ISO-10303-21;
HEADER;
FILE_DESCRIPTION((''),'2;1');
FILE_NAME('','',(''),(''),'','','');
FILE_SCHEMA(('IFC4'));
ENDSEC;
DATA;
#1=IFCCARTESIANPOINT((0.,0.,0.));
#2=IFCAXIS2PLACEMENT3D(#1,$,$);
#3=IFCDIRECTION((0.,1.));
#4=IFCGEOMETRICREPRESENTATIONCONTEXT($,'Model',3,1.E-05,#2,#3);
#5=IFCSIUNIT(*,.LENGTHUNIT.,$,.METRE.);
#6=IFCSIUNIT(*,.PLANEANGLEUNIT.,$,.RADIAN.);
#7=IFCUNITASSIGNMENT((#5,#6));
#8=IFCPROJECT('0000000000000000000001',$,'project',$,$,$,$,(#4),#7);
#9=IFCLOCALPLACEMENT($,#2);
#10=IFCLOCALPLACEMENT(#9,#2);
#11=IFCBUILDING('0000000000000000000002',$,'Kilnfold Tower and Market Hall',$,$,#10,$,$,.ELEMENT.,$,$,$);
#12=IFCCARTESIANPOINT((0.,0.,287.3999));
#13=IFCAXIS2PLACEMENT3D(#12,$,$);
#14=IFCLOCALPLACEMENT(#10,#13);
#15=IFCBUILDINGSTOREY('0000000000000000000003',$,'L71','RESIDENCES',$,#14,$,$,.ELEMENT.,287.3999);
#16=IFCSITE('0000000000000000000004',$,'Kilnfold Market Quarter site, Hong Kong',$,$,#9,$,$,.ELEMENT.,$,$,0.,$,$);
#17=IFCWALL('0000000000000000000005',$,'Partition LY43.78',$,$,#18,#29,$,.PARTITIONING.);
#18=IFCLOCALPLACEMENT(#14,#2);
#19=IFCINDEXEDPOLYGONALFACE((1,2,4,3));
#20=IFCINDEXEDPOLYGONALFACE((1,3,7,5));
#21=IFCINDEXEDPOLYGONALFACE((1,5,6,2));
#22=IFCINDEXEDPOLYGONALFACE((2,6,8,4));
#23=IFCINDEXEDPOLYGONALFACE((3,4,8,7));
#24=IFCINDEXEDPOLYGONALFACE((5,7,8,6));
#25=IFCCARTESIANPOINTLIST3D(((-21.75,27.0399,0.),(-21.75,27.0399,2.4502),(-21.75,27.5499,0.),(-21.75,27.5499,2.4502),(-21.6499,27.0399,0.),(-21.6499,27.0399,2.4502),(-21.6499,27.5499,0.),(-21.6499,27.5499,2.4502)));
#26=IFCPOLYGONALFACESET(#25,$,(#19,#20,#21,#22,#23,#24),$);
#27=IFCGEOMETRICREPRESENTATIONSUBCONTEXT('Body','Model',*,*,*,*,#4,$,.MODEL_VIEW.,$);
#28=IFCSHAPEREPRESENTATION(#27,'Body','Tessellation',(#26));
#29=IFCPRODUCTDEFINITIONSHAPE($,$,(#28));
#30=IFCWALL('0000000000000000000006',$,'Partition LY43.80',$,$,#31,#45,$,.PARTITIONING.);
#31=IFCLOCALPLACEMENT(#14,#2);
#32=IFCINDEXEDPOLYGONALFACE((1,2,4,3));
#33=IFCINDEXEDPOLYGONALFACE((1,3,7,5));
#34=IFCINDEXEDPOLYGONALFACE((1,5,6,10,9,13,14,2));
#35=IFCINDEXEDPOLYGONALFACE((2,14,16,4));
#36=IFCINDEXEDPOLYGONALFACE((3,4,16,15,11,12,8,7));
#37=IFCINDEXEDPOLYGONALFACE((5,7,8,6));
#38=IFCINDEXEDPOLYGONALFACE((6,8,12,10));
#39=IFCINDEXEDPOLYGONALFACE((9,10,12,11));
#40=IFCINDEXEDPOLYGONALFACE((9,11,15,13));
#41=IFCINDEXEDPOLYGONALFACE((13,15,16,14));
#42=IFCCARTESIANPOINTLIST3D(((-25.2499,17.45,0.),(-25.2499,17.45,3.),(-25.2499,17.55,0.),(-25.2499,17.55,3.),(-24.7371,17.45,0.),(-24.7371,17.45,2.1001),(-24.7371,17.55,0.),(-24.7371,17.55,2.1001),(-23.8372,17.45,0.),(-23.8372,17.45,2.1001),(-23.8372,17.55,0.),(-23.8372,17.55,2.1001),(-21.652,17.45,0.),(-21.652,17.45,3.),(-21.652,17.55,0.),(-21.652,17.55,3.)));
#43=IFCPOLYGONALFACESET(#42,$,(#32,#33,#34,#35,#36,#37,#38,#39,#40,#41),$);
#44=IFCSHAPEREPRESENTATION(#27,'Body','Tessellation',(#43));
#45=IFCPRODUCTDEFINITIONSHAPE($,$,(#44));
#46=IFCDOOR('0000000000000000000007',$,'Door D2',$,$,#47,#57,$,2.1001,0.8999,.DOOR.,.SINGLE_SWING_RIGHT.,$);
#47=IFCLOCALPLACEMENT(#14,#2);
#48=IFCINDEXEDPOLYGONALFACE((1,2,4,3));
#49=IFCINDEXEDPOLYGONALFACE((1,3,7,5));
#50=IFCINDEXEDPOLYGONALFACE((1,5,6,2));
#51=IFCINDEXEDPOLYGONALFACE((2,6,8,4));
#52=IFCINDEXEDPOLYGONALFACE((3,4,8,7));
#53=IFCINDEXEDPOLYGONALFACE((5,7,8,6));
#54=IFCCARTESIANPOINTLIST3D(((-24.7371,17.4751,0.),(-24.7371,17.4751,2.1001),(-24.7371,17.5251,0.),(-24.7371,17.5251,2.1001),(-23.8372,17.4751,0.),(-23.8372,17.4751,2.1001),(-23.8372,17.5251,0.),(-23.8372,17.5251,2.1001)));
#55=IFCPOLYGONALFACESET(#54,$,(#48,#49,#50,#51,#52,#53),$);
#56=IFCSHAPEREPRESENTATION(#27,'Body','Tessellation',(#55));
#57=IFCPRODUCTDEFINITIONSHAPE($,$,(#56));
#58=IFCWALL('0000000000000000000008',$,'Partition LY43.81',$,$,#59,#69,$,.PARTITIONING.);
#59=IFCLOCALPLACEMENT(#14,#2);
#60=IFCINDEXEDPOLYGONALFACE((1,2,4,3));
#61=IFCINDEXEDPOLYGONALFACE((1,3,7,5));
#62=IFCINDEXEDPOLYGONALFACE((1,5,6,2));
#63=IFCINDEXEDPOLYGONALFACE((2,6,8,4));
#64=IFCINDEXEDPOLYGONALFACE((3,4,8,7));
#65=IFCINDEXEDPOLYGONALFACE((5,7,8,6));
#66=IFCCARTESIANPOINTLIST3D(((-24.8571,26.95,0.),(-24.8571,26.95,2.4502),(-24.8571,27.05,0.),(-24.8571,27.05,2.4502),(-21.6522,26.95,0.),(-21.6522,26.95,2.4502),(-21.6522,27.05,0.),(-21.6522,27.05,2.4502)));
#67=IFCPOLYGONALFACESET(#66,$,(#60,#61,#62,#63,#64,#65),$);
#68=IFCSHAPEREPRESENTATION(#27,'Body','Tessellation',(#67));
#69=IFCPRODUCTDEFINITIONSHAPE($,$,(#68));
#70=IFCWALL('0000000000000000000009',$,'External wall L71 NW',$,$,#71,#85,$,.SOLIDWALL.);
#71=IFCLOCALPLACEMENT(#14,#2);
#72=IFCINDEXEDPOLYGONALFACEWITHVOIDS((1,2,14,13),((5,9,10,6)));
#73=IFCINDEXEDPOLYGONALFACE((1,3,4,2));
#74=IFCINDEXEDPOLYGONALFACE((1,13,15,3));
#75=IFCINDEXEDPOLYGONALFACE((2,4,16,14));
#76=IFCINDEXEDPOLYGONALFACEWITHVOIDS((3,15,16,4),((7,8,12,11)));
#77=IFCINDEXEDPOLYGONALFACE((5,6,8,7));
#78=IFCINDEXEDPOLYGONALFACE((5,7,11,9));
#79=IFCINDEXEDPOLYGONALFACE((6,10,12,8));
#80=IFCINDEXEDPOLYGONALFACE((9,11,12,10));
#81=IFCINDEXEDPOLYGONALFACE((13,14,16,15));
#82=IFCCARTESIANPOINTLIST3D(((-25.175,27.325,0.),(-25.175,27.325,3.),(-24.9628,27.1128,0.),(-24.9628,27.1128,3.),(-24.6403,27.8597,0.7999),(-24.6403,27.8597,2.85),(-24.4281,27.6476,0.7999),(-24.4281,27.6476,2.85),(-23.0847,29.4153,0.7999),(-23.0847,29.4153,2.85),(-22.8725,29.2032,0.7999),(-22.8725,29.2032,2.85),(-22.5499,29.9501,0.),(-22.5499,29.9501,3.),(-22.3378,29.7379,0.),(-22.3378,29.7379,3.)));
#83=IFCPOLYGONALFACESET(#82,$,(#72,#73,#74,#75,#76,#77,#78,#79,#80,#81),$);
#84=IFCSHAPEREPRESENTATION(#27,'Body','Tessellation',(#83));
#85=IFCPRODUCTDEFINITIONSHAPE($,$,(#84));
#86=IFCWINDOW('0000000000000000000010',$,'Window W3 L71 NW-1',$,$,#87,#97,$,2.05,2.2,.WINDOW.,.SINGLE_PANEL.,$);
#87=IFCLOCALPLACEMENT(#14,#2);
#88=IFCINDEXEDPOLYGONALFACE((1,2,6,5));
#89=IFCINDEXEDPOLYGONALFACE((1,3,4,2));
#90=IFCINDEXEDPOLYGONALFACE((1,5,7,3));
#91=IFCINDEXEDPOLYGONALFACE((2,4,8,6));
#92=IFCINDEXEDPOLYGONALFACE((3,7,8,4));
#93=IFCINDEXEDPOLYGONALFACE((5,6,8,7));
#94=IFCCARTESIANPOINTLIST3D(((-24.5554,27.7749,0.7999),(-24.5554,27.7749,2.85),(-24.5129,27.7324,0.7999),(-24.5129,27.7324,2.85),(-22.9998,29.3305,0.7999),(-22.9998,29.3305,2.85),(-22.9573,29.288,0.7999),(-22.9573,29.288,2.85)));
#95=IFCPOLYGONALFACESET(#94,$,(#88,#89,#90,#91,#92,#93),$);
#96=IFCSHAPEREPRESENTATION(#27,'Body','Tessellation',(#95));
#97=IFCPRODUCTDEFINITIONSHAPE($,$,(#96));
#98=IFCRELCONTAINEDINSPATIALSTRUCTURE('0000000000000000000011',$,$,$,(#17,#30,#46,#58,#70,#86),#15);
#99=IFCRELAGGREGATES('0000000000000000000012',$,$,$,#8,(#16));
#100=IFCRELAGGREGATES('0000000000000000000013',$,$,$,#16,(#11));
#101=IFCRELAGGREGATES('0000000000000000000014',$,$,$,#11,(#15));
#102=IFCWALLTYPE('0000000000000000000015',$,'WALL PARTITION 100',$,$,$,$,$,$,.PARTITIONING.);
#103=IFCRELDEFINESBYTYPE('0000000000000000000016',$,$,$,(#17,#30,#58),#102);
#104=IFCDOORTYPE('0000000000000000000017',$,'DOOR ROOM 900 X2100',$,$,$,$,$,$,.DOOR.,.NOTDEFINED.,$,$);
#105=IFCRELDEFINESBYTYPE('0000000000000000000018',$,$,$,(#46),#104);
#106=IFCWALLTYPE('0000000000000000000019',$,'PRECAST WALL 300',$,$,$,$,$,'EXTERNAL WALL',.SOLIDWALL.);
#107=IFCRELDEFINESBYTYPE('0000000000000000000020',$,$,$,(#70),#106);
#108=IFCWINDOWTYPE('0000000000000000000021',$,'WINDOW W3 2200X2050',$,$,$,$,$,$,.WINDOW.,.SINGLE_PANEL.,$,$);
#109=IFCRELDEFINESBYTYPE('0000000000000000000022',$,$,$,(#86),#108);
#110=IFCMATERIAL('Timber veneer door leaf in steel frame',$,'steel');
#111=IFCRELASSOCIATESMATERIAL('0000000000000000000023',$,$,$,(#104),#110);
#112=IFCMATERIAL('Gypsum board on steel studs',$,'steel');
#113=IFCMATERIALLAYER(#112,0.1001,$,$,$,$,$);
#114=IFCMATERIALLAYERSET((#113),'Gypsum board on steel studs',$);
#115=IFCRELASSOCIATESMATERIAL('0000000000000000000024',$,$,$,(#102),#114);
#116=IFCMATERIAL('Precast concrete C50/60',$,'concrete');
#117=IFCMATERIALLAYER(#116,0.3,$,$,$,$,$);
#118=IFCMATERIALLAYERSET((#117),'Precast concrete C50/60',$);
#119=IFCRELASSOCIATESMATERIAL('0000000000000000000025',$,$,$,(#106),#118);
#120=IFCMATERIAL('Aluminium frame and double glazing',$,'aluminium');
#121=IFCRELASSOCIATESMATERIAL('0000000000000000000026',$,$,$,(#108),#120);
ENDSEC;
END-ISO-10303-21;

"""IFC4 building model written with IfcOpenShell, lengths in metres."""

from ifc_helpers import new_model, si_unit, direction, frame, frame_2d, origin, place, context, subcontext, project, spatial, rectangle, extrude, source, transform, mapped, material, layer, layer_set, type_object, element, fill, save


model = new_model("IFC4")

# Units and contexts
model_context = context("Model", 3, precision=1e-05, world=origin(), true_north=direction((0.0, 1.0)))
body_context = subcontext(model_context, "Body", "Model", "MODEL_VIEW")
ifc_project = project(units=[si_unit("LENGTHUNIT", "METRE"), si_unit("PLANEANGLEUNIT", "RADIAN")], contexts=[model_context])

# Site, building, storey
site_placement = place(None, origin())
site = spatial("IfcSite", under=ifc_project, at=site_placement, Name="Kilnfold Market Quarter site, Hong Kong", CompositionType="ELEMENT", RefElevation=0.0)
building_placement = place(site_placement, origin())
building = spatial("IfcBuilding", under=site, at=building_placement, Name="Kilnfold Tower and Market Hall", CompositionType="ELEMENT")
storey_placement = place(building_placement, frame((0.0, 0.0, 287.3999)))
storey = spatial("IfcBuildingStorey", under=building, at=storey_placement, Name="L71", Description="RESIDENCES", CompositionType="ELEMENT", Elevation=287.3999)

# Shared definitions
ifc_material_1 = material(Name="Timber veneer door leaf in steel frame", Category="steel")
door_type_1 = type_object("IfcDoorType", Name="DOOR ROOM 900 X2100", OperationType="NOTDEFINED", PredefinedType="DOOR", material=ifc_material_1)

# Wall
ifc_material_2 = material(Name="Gypsum board on steel studs", Category="steel")
ifc_layer_1 = layer(ifc_material_2, 0.1001)
ifc_layer_set_1 = layer_set([ifc_layer_1], Name="Gypsum board on steel studs")
wall_type_1 = type_object("IfcWallType", Name="WALL PARTITION 100", PredefinedType="PARTITIONING", material=ifc_layer_set_1)
wall_1_placement = place(storey_placement, frame((-21.7, 27.04, 0.0), z_axis=(0.0, 0.0, 1.0), x_axis=(0.0, 1.0, 0.0)))
element("IfcWall", 1, at=wall_1_placement, inside=storey, type_object=wall_type_1, Name="Partition LY43.78", PredefinedType="PARTITIONING", context=body_context, shape_type="SweptSolid", body=[
    extrude(rectangle(XDim=0.51, YDim=0.1001, at=frame_2d((0.2549, 0.0))), origin(), (0.0, 0.0, 1.0), 2.4502),
])

# Wall, opening, door
wall_2_placement = place(storey_placement, frame((-21.6521, 17.5, 0.0), z_axis=(0.0, 0.0, 1.0), x_axis=(-1.0, 0.0, 0.0)))
wall_2 = element("IfcWall", 2, at=wall_2_placement, inside=storey, type_object=wall_type_1, Name="Partition LY43.80", PredefinedType="PARTITIONING", context=body_context, shape_type="SweptSolid", body=[
    extrude(rectangle(XDim=3.5979, YDim=0.1001, at=frame_2d((1.7988, 0.0))), origin(), (0.0, 0.0, 1.0), 3.0),
])
opening_1_placement = place(wall_2_placement, frame((2.1851, 0.0, 0.0)))
opening_1 = element("IfcOpeningElement", 3, at=opening_1_placement, cuts=wall_2, PredefinedType="OPENING", context=body_context, shape_type="SweptSolid", body=[
    extrude(rectangle(XDim=0.8999, YDim=2.1001, at=frame_2d((0.45, 1.05))), frame((0.0, 0.0601, 0.0), z_axis=(0.0, -1.0, 0.0), x_axis=(1.0, 0.0, 0.0)), (0.0, 0.0, 1.0), 0.1201),
])
door_1_placement = place(opening_1_placement, origin())
door_1 = element("IfcDoor", 4, at=door_1_placement, inside=storey, type_object=door_type_1, Name="Door D2", OperationType="SINGLE_SWING_RIGHT", OverallHeight=2.1001, OverallWidth=0.8999, PredefinedType="DOOR", context=body_context, shape_type="SweptSolid", body=[
    extrude(rectangle(XDim=0.8999, YDim=2.1001, at=frame_2d((0.45, 1.05))), frame((0.0, 0.0249, 0.0), z_axis=(0.0, -1.0, 0.0), x_axis=(1.0, 0.0, 0.0)), (0.0, 0.0, 1.0), 0.05),
])
fill(opening_1, door_1)

# Wall
wall_3_placement = place(storey_placement, frame((-21.6521, 27.0, 0.0), z_axis=(0.0, 0.0, 1.0), x_axis=(-1.0, 0.0, 0.0)))
element("IfcWall", 5, at=wall_3_placement, inside=storey, type_object=wall_type_1, Name="Partition LY43.81", PredefinedType="PARTITIONING", context=body_context, shape_type="SweptSolid", body=[
    extrude(rectangle(XDim=3.2048, YDim=0.1001, at=frame_2d((1.6025, 0.0))), origin(), (0.0, 0.0, 1.0), 2.4502),
])

# Wall, opening, window
ifc_material_3 = material(Name="Precast concrete C50/60", Category="concrete")
ifc_layer_2 = layer(ifc_material_3, 0.3)
ifc_layer_set_2 = layer_set([ifc_layer_2], Name="Precast concrete C50/60")
wall_type_2 = type_object("IfcWallType", Name="PRECAST WALL 300", ElementType="EXTERNAL WALL", PredefinedType="SOLIDWALL", material=ifc_layer_set_2)
shared_shape_1 = source(origin(), body_context, "Body", "SweptSolid", [
    extrude(rectangle(XDim=3.7124, YDim=0.3, at=frame_2d((1.8562, 0.0))), origin(), (0.0, 0.0, 1.0), 3.0),
])
wall_4_placement = place(storey_placement, frame((-22.4438, 29.844, 0.0), z_axis=(0.0, 0.0, 1.0), x_axis=(-0.707107, -0.707107, 0.0)))
wall_4 = element("IfcWall", 6, at=wall_4_placement, inside=storey, type_object=wall_type_2, Name="External wall L71 NW", PredefinedType="SOLIDWALL", context=body_context, shape_type="MappedRepresentation", body=[
    mapped(shared_shape_1, transform((0.0, 0.0, 0.0))),
])
opening_2_placement = place(wall_4_placement, frame((0.7561, 0.0, 0.8)))
opening_2 = element("IfcOpeningElement", 7, at=opening_2_placement, cuts=wall_4, PredefinedType="OPENING", context=body_context, shape_type="SweptSolid", body=[
    extrude(rectangle(XDim=2.2, YDim=2.05, at=frame_2d((1.1001, 1.0249))), frame((0.0, 0.1602, 0.0), z_axis=(0.0, -1.0, 0.0), x_axis=(1.0, 0.0, 0.0)), (0.0, 0.0, 1.0), 0.3201),
])
ifc_material_4 = material(Name="Aluminium frame and double glazing", Category="aluminium")
window_type_1 = type_object("IfcWindowType", Name="WINDOW W3 2200X2050", PartitioningType="SINGLE_PANEL", PredefinedType="WINDOW", material=ifc_material_4)
window_1_placement = place(opening_2_placement, origin())
window_1 = element("IfcWindow", 8, at=window_1_placement, inside=storey, type_object=window_type_1, Name="Window W3 L71 NW-1", OverallHeight=2.05, OverallWidth=2.2, PartitioningType="SINGLE_PANEL", PredefinedType="WINDOW", context=body_context, shape_type="SweptSolid", body=[
    extrude(rectangle(XDim=2.2, YDim=2.05, at=frame_2d((1.1001, 1.0249))), frame((0.0, 0.03, 0.0), z_axis=(0.0, -1.0, 0.0), x_axis=(1.0, 0.0, 0.0)), (0.0, 0.0, 1.0), 0.0601),
])
fill(opening_2, window_1)

save(model, "model.ifc")
